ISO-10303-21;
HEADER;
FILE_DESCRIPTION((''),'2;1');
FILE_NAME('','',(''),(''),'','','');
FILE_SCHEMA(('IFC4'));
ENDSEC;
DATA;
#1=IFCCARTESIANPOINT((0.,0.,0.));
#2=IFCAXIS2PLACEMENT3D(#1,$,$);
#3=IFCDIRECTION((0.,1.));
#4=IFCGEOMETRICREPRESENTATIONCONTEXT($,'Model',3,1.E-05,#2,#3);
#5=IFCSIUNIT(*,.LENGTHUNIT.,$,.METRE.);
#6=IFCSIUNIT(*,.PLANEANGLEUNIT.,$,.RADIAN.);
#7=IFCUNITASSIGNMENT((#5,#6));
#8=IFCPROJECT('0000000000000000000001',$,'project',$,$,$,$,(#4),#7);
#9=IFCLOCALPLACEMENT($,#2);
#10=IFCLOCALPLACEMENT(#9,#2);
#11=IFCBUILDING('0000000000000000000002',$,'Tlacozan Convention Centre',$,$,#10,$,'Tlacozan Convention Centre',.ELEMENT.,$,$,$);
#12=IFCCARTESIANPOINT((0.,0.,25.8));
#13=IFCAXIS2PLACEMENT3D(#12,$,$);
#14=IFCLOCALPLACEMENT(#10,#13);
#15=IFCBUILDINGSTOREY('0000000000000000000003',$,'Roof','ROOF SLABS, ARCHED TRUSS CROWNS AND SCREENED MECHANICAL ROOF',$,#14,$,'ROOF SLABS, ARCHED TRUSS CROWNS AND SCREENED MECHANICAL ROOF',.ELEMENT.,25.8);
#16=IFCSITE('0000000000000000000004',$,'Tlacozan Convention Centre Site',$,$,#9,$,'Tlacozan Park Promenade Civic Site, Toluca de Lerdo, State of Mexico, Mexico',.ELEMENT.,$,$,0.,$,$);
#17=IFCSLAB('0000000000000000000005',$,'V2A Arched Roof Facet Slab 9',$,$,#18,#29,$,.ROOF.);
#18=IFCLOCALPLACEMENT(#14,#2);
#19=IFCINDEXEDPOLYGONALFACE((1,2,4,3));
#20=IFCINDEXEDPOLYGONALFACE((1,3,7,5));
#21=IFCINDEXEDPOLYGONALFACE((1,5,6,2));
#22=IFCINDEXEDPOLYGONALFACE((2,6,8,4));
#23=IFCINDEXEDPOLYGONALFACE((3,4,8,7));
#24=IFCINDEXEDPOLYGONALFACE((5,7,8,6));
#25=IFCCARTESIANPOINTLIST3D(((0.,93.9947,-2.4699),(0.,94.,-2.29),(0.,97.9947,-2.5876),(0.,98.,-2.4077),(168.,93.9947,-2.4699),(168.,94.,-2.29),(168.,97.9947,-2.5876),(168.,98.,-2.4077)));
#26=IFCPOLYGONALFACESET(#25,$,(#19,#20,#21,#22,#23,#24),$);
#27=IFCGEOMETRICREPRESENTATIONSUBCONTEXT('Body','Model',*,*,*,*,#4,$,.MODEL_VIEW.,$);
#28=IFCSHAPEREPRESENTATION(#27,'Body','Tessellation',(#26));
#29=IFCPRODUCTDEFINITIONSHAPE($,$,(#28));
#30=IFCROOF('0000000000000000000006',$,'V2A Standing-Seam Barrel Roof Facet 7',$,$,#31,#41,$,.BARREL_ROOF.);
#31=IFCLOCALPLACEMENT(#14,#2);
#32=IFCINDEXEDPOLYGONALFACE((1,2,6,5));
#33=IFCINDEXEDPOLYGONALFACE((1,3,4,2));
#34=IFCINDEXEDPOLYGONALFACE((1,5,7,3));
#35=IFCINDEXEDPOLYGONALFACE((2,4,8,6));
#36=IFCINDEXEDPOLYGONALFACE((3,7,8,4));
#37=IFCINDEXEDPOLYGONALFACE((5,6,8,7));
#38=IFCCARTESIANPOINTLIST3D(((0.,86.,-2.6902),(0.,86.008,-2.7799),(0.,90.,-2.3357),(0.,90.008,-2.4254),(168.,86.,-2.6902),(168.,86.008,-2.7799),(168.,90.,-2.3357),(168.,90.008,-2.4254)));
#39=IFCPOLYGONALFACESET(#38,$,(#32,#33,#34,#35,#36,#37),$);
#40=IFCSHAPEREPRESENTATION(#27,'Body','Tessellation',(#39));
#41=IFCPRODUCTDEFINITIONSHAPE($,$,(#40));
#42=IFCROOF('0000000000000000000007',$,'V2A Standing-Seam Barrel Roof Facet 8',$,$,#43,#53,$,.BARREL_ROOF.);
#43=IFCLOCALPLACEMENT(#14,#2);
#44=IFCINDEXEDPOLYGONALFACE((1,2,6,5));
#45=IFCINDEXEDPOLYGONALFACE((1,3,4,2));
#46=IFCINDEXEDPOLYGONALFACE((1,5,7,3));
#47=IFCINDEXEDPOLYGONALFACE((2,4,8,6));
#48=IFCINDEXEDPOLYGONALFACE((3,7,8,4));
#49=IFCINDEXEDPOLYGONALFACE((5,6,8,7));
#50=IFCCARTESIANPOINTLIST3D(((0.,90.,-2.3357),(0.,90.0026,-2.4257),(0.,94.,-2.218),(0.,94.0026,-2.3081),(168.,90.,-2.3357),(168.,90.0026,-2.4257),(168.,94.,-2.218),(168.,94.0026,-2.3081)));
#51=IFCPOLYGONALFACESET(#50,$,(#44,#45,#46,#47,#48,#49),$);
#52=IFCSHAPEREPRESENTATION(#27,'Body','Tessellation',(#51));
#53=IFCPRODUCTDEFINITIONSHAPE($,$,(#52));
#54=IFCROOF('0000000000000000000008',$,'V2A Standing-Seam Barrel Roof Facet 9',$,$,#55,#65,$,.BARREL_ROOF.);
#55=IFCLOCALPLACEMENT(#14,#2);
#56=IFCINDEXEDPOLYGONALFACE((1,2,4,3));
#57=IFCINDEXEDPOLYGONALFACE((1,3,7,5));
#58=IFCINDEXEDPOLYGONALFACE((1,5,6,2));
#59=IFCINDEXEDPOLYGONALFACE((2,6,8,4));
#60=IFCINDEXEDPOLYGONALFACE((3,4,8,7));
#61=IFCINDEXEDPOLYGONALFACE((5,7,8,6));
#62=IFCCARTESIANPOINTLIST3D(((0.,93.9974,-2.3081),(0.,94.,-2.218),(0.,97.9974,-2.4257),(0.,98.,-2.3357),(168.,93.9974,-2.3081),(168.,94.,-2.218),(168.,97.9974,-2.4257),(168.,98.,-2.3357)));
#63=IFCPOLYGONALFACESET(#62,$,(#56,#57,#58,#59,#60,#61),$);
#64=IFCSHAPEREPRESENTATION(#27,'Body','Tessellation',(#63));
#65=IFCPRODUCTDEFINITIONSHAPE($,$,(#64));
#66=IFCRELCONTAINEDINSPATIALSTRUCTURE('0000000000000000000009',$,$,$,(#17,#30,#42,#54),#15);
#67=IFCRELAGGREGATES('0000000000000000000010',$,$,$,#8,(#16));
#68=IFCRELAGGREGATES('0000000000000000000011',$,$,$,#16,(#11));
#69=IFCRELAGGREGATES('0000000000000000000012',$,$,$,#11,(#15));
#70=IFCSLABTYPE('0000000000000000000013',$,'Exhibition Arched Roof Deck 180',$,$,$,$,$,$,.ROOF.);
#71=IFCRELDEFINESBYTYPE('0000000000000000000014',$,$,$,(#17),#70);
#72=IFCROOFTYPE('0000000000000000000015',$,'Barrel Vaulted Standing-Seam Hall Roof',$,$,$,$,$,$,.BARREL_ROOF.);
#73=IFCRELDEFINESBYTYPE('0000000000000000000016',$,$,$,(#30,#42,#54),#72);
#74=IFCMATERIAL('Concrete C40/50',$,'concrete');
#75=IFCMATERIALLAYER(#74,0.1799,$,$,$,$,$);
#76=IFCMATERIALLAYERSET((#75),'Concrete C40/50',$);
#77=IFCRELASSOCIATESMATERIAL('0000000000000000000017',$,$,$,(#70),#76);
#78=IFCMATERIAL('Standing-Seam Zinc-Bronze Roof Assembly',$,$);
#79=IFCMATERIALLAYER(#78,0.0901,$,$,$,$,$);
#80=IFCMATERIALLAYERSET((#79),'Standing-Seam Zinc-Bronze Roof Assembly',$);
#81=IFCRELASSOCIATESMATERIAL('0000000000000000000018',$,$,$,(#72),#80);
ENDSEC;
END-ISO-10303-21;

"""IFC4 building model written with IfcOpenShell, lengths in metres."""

from ifc_helpers import new_model, si_unit, direction, frame, origin, place, context, subcontext, project, spatial, polyline, outline, extrude, material, layer, layer_set, type_object, element, save


model = new_model("IFC4")

# Units and contexts
model_context = context("Model", 3, precision=1e-05, world=origin(), true_north=direction((0.0, 1.0)))
body_context = subcontext(model_context, "Body", "Model", "MODEL_VIEW")
ifc_project = project(units=[si_unit("LENGTHUNIT", "METRE"), si_unit("PLANEANGLEUNIT", "RADIAN")], contexts=[model_context])

# Site, building, storey
site_placement = place(None, origin())
site = spatial("IfcSite", under=ifc_project, at=site_placement, Name="Tlacozan Convention Centre Site", LongName="Tlacozan Park Promenade Civic Site, Toluca de Lerdo, State of Mexico, Mexico", CompositionType="ELEMENT", RefElevation=0.0)
building_placement = place(site_placement, origin())
building = spatial("IfcBuilding", under=site, at=building_placement, Name="Tlacozan Convention Centre", LongName="Tlacozan Convention Centre", CompositionType="ELEMENT")
storey_placement = place(building_placement, frame((0.0, 0.0, 25.8)))
storey = spatial("IfcBuildingStorey", under=building, at=storey_placement, Name="Roof", Description="ROOF SLABS, ARCHED TRUSS CROWNS AND SCREENED MECHANICAL ROOF", LongName="ROOF SLABS, ARCHED TRUSS CROWNS AND SCREENED MECHANICAL ROOF", CompositionType="ELEMENT", Elevation=25.8)

# Slab
ifc_material_1 = material(Name="Concrete C40/50", Category="concrete")
ifc_layer_1 = layer(ifc_material_1, 0.1799)
ifc_layer_set_1 = layer_set([ifc_layer_1], Name="Concrete C40/50")
slab_type = type_object("IfcSlabType", Name="Exhibition Arched Roof Deck 180", PredefinedType="ROOF", material=ifc_layer_set_1)
for number, where, z_axis, x_axis, name in (
    (1, (0.0, 94.0, -2.29), (0.0, 0.029406, 0.999568), (1.0, 0.0, 0.0), "V2A Arched Roof Facet Slab 9"),
):
    element("IfcSlab", number, at=place(storey_placement, frame(where, z_axis=z_axis, x_axis=x_axis)), inside=storey, type_object=slab_type, Name=name, PredefinedType="ROOF", context=body_context, shape_type="SweptSolid", body=[
        extrude(outline(polyline([(0.0, 0.0), (168.0, 0.0), (168.0, 4.0017), (0.0, 4.0017), (0.0, 0.0)])), origin(), (0.0, 0.0, -1.0), 0.1799),
    ])

# Roofs
ifc_material_2 = material(Name="Standing-Seam Zinc-Bronze Roof Assembly")
ifc_layer_2 = layer(ifc_material_2, 0.0901)
ifc_layer_set_2 = layer_set([ifc_layer_2], Name="Standing-Seam Zinc-Bronze Roof Assembly")
roof_type = type_object("IfcRoofType", Name="Barrel Vaulted Standing-Seam Hall Roof", PredefinedType="BARREL_ROOF", material=ifc_layer_set_2)
roof_placement = place(storey_placement, frame((0.0, 86.0, -2.6902), z_axis=(0.0, -0.088277, 0.996096), x_axis=(1.0, 0.0, 0.0)))
element("IfcRoof", 2, at=roof_placement, inside=storey, type_object=roof_type, Name="V2A Standing-Seam Barrel Roof Facet 7", PredefinedType="BARREL_ROOF", context=body_context, shape_type="SweptSolid", body=[
    extrude(outline(polyline([(0.0, 0.0), (168.0, 0.0), (168.0, 4.0157), (0.0, 4.0157), (0.0, 0.0)])), origin(), (0.0, 0.0, -1.0), 0.0901),
])
for number, where, z_axis, x_axis, name in (
    (3, (0.0, 90.0, -2.3357), (0.0, -0.029406, 0.999568), (1.0, 0.0, 0.0), "V2A Standing-Seam Barrel Roof Facet 8"),
    (4, (0.0, 94.0, -2.218), (0.0, 0.029406, 0.999568), (1.0, 0.0, 0.0), "V2A Standing-Seam Barrel Roof Facet 9"),
):
    element("IfcRoof", number, at=place(storey_placement, frame(where, z_axis=z_axis, x_axis=x_axis)), inside=storey, type_object=roof_type, Name=name, PredefinedType="BARREL_ROOF", context=body_context, shape_type="SweptSolid", body=[
        extrude(outline(polyline([(0.0, 0.0), (168.0, 0.0), (168.0, 4.0017), (0.0, 4.0017), (0.0, 0.0)])), origin(), (0.0, 0.0, -1.0), 0.0901),
    ])

save(model, "model.ifc")
